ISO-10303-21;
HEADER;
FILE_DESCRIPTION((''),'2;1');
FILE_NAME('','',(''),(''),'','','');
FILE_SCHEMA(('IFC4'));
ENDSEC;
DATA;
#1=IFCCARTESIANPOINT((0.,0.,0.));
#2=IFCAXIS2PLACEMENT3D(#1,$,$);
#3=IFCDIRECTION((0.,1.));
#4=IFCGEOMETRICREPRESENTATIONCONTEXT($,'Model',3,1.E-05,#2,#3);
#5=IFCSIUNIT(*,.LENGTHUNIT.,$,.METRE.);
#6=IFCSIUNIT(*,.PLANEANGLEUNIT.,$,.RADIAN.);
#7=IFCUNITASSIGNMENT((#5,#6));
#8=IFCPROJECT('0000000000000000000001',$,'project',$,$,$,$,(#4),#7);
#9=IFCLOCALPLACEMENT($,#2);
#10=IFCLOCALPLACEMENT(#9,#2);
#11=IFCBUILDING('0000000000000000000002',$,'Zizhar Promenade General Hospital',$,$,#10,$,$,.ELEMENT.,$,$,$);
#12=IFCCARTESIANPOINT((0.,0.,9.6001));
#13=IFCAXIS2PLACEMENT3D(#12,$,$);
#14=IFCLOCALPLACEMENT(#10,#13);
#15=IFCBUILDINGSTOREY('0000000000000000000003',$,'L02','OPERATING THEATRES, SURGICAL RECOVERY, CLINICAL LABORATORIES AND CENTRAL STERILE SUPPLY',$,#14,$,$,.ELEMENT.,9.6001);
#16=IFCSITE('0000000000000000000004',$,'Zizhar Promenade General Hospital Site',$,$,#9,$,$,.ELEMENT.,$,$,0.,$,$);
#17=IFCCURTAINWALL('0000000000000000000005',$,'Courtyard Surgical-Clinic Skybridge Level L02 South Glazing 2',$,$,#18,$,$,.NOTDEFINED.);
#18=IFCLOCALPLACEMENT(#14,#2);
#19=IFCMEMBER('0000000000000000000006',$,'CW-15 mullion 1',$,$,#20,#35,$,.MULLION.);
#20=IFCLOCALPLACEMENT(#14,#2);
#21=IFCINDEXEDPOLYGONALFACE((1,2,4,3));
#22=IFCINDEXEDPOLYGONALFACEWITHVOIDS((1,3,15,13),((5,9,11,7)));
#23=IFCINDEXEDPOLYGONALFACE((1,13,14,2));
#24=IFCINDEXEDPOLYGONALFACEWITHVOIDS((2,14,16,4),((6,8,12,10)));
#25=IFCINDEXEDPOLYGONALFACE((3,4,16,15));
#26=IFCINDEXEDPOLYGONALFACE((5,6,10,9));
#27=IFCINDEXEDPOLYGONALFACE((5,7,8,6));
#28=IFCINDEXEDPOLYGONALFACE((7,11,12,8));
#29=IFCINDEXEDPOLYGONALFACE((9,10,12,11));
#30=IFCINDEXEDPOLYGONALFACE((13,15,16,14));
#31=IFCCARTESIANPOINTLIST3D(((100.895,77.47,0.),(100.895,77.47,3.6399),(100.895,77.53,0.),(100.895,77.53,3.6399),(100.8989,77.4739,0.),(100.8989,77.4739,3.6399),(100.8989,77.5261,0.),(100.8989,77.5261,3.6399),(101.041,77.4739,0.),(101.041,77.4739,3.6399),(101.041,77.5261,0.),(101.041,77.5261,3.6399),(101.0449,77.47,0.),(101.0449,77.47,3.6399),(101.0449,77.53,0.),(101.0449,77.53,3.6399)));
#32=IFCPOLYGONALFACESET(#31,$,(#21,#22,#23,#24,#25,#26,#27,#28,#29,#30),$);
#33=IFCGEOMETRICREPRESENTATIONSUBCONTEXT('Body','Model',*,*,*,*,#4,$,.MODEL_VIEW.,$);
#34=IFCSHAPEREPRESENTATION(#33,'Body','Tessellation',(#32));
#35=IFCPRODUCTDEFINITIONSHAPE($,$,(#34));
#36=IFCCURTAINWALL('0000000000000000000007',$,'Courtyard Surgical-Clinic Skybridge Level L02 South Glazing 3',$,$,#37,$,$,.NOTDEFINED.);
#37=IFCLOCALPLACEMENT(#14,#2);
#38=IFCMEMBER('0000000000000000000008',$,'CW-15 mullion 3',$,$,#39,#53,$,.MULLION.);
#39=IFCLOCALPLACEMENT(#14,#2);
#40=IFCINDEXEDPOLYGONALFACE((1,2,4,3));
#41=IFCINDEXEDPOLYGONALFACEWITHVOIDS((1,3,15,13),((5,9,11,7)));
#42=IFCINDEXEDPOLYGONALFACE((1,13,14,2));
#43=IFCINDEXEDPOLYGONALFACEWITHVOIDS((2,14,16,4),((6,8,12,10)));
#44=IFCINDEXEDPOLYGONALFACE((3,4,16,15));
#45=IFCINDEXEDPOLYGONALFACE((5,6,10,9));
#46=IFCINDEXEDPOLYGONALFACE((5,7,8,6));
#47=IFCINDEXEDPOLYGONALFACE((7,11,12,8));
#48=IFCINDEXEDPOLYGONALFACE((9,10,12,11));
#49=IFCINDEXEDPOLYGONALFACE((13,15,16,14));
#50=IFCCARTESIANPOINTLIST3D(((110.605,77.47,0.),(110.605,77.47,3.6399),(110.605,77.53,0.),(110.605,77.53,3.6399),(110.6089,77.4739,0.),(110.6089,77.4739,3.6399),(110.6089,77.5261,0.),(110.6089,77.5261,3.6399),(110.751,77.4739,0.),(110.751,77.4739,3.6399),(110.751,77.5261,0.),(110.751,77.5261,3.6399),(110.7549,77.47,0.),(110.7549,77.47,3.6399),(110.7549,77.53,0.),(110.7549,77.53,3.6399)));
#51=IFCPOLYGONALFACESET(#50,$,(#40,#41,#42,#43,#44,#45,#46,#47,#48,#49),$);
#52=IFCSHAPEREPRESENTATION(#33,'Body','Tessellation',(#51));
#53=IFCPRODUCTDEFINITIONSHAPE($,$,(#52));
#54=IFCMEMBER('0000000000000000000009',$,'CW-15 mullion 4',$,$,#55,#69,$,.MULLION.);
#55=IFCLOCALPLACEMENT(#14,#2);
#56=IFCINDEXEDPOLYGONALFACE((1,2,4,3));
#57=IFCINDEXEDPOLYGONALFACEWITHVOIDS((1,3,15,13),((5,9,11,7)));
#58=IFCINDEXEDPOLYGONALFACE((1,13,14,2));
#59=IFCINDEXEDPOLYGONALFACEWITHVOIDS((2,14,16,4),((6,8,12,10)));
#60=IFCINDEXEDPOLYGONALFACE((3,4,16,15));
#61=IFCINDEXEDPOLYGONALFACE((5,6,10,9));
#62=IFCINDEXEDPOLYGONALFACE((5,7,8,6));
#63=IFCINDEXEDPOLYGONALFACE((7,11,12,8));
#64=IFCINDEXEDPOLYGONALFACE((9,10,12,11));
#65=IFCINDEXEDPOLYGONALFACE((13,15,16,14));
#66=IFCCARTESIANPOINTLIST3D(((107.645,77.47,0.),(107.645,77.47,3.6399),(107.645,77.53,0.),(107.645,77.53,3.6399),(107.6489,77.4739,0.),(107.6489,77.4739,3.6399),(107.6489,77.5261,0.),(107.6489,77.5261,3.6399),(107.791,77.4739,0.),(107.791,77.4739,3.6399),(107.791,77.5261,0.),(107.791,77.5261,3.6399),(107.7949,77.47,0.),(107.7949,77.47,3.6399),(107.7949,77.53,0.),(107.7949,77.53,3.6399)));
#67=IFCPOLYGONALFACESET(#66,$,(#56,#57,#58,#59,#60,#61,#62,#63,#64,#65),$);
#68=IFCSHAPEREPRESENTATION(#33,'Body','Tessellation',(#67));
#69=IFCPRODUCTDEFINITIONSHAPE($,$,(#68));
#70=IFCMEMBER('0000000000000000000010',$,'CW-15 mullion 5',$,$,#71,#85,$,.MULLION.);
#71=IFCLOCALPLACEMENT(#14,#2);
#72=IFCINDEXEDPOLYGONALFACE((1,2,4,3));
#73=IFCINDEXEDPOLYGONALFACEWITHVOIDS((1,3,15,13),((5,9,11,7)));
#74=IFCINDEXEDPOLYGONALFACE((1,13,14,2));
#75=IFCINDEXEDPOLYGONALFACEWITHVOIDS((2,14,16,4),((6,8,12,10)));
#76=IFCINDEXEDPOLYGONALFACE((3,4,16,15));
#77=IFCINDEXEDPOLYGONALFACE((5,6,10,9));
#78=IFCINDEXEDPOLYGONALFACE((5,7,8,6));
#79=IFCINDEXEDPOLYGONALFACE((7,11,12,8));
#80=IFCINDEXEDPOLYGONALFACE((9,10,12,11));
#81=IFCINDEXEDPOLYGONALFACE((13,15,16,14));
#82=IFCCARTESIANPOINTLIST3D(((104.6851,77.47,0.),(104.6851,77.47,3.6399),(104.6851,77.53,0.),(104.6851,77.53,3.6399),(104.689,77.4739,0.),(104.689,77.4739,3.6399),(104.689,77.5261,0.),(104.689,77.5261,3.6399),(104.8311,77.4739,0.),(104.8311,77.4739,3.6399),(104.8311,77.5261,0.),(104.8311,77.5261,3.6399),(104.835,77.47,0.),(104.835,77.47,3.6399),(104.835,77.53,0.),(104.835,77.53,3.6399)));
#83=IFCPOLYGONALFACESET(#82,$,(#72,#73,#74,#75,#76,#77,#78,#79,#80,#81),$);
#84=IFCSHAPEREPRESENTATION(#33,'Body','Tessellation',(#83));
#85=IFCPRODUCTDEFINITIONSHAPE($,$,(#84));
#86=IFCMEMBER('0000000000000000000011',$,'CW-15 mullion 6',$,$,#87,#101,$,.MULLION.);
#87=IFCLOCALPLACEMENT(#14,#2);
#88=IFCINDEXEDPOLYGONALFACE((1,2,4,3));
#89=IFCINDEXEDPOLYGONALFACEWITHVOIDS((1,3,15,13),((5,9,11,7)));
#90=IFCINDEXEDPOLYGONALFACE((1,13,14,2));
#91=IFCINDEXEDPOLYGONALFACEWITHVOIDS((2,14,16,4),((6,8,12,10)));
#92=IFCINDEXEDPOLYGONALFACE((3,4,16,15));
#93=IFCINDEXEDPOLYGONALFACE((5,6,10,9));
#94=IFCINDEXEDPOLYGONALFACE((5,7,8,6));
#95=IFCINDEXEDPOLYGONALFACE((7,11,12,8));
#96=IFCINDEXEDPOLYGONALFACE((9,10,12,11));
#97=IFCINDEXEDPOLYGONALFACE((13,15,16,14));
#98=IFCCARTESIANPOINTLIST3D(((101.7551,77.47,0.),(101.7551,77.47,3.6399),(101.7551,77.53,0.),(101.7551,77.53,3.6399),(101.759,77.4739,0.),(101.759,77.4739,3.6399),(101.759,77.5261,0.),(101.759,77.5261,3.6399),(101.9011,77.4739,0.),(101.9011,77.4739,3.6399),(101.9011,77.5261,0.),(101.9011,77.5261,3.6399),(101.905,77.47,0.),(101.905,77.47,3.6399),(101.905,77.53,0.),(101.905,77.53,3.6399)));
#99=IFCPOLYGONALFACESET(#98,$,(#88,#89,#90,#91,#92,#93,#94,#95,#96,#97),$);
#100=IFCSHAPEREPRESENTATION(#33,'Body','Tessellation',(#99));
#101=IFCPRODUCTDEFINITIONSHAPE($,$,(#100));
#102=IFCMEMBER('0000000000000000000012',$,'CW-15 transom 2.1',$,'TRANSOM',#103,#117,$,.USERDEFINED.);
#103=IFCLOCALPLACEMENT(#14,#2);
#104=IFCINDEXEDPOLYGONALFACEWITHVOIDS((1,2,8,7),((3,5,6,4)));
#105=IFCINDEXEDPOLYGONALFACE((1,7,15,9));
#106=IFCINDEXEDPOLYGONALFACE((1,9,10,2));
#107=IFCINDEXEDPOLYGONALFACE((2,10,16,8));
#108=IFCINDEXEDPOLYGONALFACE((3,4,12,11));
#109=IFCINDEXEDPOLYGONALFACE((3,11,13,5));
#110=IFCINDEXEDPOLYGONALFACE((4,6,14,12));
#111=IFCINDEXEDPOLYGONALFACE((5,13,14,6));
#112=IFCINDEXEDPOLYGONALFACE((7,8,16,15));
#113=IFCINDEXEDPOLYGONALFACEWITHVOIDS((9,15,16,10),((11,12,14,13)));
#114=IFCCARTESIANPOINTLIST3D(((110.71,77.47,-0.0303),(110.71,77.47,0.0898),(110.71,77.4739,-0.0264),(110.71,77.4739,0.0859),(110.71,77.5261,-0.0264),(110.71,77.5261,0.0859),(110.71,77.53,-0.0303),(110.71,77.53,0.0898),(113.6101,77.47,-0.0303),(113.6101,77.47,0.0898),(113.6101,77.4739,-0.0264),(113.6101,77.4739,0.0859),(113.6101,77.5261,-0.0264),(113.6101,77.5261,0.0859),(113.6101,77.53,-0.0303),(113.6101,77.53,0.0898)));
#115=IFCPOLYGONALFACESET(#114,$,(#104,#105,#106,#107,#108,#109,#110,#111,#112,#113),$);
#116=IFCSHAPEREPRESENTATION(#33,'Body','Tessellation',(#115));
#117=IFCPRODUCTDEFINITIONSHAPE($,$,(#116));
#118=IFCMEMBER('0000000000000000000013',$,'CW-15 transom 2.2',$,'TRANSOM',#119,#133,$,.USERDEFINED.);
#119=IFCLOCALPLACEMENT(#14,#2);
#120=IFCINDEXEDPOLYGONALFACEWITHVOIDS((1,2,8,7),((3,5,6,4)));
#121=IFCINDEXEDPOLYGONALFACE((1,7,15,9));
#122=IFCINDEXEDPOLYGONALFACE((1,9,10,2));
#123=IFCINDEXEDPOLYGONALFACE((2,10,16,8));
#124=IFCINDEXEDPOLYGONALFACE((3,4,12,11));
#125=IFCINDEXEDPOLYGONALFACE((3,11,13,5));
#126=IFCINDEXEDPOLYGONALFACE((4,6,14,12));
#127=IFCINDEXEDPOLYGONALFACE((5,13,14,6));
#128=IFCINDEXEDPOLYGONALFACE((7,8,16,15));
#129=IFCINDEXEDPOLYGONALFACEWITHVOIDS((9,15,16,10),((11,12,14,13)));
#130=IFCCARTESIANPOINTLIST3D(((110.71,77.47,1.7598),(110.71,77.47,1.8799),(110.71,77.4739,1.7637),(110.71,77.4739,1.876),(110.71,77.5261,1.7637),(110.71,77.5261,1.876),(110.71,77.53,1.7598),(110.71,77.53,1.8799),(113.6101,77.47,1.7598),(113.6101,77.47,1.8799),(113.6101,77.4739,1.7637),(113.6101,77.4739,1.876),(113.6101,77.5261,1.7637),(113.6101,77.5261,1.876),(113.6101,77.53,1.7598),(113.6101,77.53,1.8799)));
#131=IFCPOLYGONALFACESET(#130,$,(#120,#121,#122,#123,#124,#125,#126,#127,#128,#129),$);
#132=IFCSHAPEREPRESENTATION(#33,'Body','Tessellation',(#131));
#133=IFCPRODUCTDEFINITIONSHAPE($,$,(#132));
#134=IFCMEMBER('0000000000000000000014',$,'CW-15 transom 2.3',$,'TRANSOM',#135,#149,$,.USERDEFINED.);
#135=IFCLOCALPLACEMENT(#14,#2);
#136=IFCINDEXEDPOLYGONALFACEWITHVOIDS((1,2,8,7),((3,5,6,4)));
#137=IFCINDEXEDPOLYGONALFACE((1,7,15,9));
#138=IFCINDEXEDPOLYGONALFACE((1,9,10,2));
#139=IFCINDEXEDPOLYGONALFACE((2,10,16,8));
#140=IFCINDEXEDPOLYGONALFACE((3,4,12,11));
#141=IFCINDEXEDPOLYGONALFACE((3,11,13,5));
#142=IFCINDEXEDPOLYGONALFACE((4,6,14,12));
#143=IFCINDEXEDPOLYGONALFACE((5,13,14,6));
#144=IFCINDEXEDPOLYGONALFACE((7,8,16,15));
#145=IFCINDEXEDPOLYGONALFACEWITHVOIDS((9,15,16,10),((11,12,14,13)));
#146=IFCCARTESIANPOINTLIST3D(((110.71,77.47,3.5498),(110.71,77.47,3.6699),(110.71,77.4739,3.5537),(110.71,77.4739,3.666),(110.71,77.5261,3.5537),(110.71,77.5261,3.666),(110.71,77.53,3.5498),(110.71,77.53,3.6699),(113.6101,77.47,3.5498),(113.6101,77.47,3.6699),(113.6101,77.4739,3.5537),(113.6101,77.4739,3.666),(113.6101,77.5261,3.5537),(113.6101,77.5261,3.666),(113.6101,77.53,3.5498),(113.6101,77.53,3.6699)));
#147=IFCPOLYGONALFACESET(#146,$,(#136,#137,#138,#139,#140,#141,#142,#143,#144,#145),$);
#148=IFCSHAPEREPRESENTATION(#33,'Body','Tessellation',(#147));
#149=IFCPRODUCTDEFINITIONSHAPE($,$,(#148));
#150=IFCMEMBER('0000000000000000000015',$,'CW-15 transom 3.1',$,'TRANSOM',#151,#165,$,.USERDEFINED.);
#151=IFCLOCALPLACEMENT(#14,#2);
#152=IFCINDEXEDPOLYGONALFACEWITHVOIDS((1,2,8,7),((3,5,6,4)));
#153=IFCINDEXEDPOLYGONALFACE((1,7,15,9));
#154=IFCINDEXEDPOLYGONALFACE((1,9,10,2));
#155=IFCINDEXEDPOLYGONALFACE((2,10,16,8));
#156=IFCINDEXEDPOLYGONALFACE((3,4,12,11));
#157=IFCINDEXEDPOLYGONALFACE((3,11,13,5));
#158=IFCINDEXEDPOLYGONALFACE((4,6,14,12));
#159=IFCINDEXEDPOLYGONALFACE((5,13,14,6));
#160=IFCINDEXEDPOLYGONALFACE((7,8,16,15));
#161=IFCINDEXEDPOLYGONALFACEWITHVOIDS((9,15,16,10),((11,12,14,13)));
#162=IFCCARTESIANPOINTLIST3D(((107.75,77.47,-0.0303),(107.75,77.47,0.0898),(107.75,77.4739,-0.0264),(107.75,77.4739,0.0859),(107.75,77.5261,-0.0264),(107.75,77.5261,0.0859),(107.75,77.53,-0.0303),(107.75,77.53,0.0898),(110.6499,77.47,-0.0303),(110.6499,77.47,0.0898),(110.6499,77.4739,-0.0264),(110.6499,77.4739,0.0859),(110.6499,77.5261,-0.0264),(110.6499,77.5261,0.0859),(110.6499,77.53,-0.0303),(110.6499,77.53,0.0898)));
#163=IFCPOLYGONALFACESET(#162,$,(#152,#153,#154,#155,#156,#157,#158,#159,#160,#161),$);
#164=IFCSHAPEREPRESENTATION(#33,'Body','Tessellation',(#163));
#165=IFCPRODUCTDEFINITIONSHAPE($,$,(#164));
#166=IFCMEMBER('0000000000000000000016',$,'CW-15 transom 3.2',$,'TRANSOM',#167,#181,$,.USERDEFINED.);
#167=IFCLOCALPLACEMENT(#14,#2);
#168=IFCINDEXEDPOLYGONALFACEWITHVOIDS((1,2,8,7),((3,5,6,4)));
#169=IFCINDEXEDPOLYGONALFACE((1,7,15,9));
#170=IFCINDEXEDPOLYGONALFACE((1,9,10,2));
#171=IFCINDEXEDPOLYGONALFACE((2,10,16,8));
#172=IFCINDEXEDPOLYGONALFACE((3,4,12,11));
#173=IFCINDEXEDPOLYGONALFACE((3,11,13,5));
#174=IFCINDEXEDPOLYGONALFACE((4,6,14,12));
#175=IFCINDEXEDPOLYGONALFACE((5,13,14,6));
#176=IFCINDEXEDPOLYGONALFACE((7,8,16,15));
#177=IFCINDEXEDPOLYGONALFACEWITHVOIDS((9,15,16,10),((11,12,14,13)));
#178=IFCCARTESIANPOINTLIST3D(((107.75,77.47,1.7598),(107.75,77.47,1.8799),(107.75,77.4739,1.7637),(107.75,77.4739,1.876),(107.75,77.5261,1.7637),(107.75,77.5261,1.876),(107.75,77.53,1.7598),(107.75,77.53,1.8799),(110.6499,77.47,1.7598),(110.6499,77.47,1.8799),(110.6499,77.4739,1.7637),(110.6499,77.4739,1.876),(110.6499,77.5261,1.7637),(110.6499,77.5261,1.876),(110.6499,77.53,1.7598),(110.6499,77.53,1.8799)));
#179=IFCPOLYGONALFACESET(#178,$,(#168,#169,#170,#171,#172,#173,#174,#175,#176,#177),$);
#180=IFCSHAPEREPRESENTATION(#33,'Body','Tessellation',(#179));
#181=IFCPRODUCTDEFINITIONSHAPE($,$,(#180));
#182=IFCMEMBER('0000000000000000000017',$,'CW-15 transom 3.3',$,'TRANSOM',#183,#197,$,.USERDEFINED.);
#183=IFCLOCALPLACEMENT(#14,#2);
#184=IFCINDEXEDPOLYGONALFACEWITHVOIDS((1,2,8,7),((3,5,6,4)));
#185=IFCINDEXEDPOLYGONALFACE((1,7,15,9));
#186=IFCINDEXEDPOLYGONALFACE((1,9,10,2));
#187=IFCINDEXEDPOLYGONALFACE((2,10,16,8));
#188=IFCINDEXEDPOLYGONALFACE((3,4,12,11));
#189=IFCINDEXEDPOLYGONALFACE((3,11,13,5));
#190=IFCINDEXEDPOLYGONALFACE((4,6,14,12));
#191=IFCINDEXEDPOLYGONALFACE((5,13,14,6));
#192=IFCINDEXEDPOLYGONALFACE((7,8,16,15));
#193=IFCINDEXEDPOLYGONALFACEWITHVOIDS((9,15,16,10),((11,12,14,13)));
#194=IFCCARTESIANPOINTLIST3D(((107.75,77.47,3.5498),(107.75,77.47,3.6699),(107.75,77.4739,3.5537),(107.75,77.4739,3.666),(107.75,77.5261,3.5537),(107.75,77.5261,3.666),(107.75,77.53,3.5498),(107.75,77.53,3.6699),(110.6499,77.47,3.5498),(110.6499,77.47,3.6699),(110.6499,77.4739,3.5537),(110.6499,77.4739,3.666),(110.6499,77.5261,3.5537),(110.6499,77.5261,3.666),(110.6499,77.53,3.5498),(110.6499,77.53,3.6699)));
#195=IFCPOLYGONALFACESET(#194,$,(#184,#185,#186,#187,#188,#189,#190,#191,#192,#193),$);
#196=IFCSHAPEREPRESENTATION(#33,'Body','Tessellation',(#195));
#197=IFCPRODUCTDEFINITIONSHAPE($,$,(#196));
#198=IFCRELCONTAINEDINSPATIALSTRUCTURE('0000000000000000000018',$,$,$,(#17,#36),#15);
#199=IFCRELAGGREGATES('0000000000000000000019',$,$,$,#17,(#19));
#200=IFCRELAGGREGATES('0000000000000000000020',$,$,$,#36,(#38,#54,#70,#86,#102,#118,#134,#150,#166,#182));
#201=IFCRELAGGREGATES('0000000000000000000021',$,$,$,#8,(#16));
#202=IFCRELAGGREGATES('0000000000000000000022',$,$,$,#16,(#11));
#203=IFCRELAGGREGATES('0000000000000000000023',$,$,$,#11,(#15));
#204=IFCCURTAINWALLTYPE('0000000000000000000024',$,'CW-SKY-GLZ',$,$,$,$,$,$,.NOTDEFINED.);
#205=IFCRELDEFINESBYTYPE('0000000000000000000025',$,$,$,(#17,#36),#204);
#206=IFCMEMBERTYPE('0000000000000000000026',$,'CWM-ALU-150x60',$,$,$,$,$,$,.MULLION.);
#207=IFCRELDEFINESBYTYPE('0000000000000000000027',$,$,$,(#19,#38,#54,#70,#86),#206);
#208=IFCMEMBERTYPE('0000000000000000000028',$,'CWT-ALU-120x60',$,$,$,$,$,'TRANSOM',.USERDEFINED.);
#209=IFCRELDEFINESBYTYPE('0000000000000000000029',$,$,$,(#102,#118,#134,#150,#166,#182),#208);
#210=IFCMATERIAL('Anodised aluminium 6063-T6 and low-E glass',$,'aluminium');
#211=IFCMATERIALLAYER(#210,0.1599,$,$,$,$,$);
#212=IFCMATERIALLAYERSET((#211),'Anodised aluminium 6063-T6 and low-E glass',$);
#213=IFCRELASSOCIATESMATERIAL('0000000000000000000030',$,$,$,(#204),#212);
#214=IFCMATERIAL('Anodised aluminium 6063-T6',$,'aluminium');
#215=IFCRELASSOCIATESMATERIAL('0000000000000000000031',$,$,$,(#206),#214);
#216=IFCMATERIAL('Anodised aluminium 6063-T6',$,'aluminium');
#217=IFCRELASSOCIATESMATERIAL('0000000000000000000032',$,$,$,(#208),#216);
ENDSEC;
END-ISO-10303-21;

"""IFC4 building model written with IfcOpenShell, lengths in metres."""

from ifc_helpers import new_model, si_unit, direction, frame, origin, origin_2d, place, context, subcontext, project, spatial, hollow_rectangle, extrude, material, layer, layer_set, material_profile, profile_set, type_object, element, aggregate, save


model = new_model("IFC4")

# Units and contexts
model_context = context("Model", 3, precision=1e-05, world=origin(), true_north=direction((0.0, 1.0)))
body_context = subcontext(model_context, "Body", "Model", "MODEL_VIEW")
ifc_project = project(units=[si_unit("LENGTHUNIT", "METRE"), si_unit("PLANEANGLEUNIT", "RADIAN")], contexts=[model_context])

# Site, building, storey
site_placement = place(None, origin())
site = spatial("IfcSite", under=ifc_project, at=site_placement, Name="Zizhar Promenade General Hospital Site", CompositionType="ELEMENT", RefElevation=0.0)
building_placement = place(site_placement, origin())
building = spatial("IfcBuilding", under=site, at=building_placement, Name="Zizhar Promenade General Hospital", CompositionType="ELEMENT")
storey_placement = place(building_placement, frame((0.0, 0.0, 9.6001)))
storey = spatial("IfcBuildingStorey", under=building, at=storey_placement, Name="L02", Description="OPERATING THEATRES, SURGICAL RECOVERY, CLINICAL LABORATORIES AND CENTRAL STERILE SUPPLY", CompositionType="ELEMENT", Elevation=9.6001)

# Curtain wall, member
ifc_material_1 = material(Name="Anodised aluminium 6063-T6 and low-E glass", Category="aluminium")
ifc_layer_1 = layer(ifc_material_1, 0.1599)
ifc_layer_set_1 = layer_set([ifc_layer_1], Name="Anodised aluminium 6063-T6 and low-E glass")
curtain_wall_type = type_object("IfcCurtainWallType", Name="CW-SKY-GLZ", PredefinedType="NOTDEFINED", material=ifc_layer_set_1)
curtain_wall_1_placement = place(storey_placement, origin())
curtain_wall_1 = element("IfcCurtainWall", 1, at=curtain_wall_1_placement, inside=storey, type_object=curtain_wall_type, Name="Courtyard Surgical-Clinic Skybridge Level L02 South Glazing 2", PredefinedType="NOTDEFINED")
ifc_material_2 = material(Name="Anodised aluminium 6063-T6", Category="aluminium")
ifc_material_profile_1 = material_profile(ifc_material_2, hollow_rectangle(XDim=0.0601, YDim=0.1499, WallThickness=0.0039, at=origin_2d()))
ifc_profile_set_1 = profile_set([ifc_material_profile_1], Name="Anodised aluminium 6063-T6")
member_type_1 = type_object("IfcMemberType", Name="CWM-ALU-150x60", PredefinedType="MULLION", material=ifc_profile_set_1)
member_1_placement = place(storey_placement, frame((100.97, 77.5, 0.0), z_axis=(0.0, 0.0, 1.0), x_axis=(0.0, -1.0, 0.0)))
member_1 = element("IfcMember", 2, at=member_1_placement, type_object=member_type_1, Name="CW-15 mullion 1", PredefinedType="MULLION", context=body_context, shape_type="SweptSolid", body=[
    extrude(hollow_rectangle(XDim=0.0601, YDim=0.1499, WallThickness=0.0039, at=origin_2d()), origin(), (0.0, 0.0, 1.0), 3.6399),
])
aggregate(curtain_wall_1, [member_1])

# Curtain wall, members
curtain_wall_2_placement = place(storey_placement, origin())
curtain_wall_2 = element("IfcCurtainWall", 3, at=curtain_wall_2_placement, inside=storey, type_object=curtain_wall_type, Name="Courtyard Surgical-Clinic Skybridge Level L02 South Glazing 3", PredefinedType="NOTDEFINED")
member_2_placement = place(storey_placement, frame((110.6799, 77.5, 0.0), z_axis=(0.0, 0.0, 1.0), x_axis=(0.0, -1.0, 0.0)))
member_2 = element("IfcMember", 4, at=member_2_placement, type_object=member_type_1, Name="CW-15 mullion 3", PredefinedType="MULLION", context=body_context, shape_type="SweptSolid", body=[
    extrude(hollow_rectangle(XDim=0.0601, YDim=0.1499, WallThickness=0.0039, at=origin_2d()), origin(), (0.0, 0.0, 1.0), 3.6399),
])
member_3_placement = place(storey_placement, frame((107.72, 77.5, 0.0), z_axis=(0.0, 0.0, 1.0), x_axis=(0.0, -1.0, 0.0)))
member_3 = element("IfcMember", 5, at=member_3_placement, type_object=member_type_1, Name="CW-15 mullion 4", PredefinedType="MULLION", context=body_context, shape_type="SweptSolid", body=[
    extrude(hollow_rectangle(XDim=0.0601, YDim=0.1499, WallThickness=0.0039, at=origin_2d()), origin(), (0.0, 0.0, 1.0), 3.6399),
])
member_4_placement = place(storey_placement, frame((104.76, 77.5, 0.0), z_axis=(0.0, 0.0, 1.0), x_axis=(0.0, -1.0, 0.0)))
member_4 = element("IfcMember", 6, at=member_4_placement, type_object=member_type_1, Name="CW-15 mullion 5", PredefinedType="MULLION", context=body_context, shape_type="SweptSolid", body=[
    extrude(hollow_rectangle(XDim=0.0601, YDim=0.1499, WallThickness=0.0039, at=origin_2d()), origin(), (0.0, 0.0, 1.0), 3.6399),
])
member_5_placement = place(storey_placement, frame((101.8301, 77.5, 0.0), z_axis=(0.0, 0.0, 1.0), x_axis=(0.0, -1.0, 0.0)))
member_5 = element("IfcMember", 7, at=member_5_placement, type_object=member_type_1, Name="CW-15 mullion 6", PredefinedType="MULLION", context=body_context, shape_type="SweptSolid", body=[
    extrude(hollow_rectangle(XDim=0.0601, YDim=0.1499, WallThickness=0.0039, at=origin_2d()), origin(), (0.0, 0.0, 1.0), 3.6399),
])
ifc_material_3 = material(Name="Anodised aluminium 6063-T6", Category="aluminium")
ifc_material_profile_2 = material_profile(ifc_material_3, hollow_rectangle(XDim=0.0601, YDim=0.1201, WallThickness=0.0039, at=origin_2d()))
ifc_profile_set_2 = profile_set([ifc_material_profile_2], Name="Anodised aluminium 6063-T6")
member_type_2 = type_object("IfcMemberType", Name="CWT-ALU-120x60", ElementType="TRANSOM", PredefinedType="USERDEFINED", material=ifc_profile_set_2)
member_6_placement = place(storey_placement, frame((113.6101, 77.5, 0.0298), z_axis=(-1.0, 0.0, 0.0), x_axis=(0.0, -1.0, 0.0)))
member_6 = element("IfcMember", 8, at=member_6_placement, type_object=member_type_2, Name="CW-15 transom 2.1", ObjectType="TRANSOM", PredefinedType="USERDEFINED", context=body_context, shape_type="SweptSolid", body=[
    extrude(hollow_rectangle(XDim=0.0601, YDim=0.1201, WallThickness=0.0039, at=origin_2d()), origin(), (0.0, 0.0, 1.0), 2.9001),
])
member_7_placement = place(storey_placement, frame((113.6101, 77.5, 1.8198), z_axis=(-1.0, 0.0, 0.0), x_axis=(0.0, -1.0, 0.0)))
member_7 = element("IfcMember", 9, at=member_7_placement, type_object=member_type_2, Name="CW-15 transom 2.2", ObjectType="TRANSOM", PredefinedType="USERDEFINED", context=body_context, shape_type="SweptSolid", body=[
    extrude(hollow_rectangle(XDim=0.0601, YDim=0.1201, WallThickness=0.0039, at=origin_2d()), origin(), (0.0, 0.0, 1.0), 2.9001),
])
member_8_placement = place(storey_placement, frame((113.6101, 77.5, 3.6099), z_axis=(-1.0, 0.0, 0.0), x_axis=(0.0, -1.0, 0.0)))
member_8 = element("IfcMember", 10, at=member_8_placement, type_object=member_type_2, Name="CW-15 transom 2.3", ObjectType="TRANSOM", PredefinedType="USERDEFINED", context=body_context, shape_type="SweptSolid", body=[
    extrude(hollow_rectangle(XDim=0.0601, YDim=0.1201, WallThickness=0.0039, at=origin_2d()), origin(), (0.0, 0.0, 1.0), 2.9001),
])
member_9_placement = place(storey_placement, frame((110.6499, 77.5, 0.0298), z_axis=(-1.0, 0.0, 0.0), x_axis=(0.0, -1.0, 0.0)))
member_9 = element("IfcMember", 11, at=member_9_placement, type_object=member_type_2, Name="CW-15 transom 3.1", ObjectType="TRANSOM", PredefinedType="USERDEFINED", context=body_context, shape_type="SweptSolid", body=[
    extrude(hollow_rectangle(XDim=0.0601, YDim=0.1201, WallThickness=0.0039, at=origin_2d()), origin(), (0.0, 0.0, 1.0), 2.8999),
])
member_10_placement = place(storey_placement, frame((110.6499, 77.5, 1.8198), z_axis=(-1.0, 0.0, 0.0), x_axis=(0.0, -1.0, 0.0)))
member_10 = element("IfcMember", 12, at=member_10_placement, type_object=member_type_2, Name="CW-15 transom 3.2", ObjectType="TRANSOM", PredefinedType="USERDEFINED", context=body_context, shape_type="SweptSolid", body=[
    extrude(hollow_rectangle(XDim=0.0601, YDim=0.1201, WallThickness=0.0039, at=origin_2d()), origin(), (0.0, 0.0, 1.0), 2.8999),
])
member_11_placement = place(storey_placement, frame((110.6499, 77.5, 3.6099), z_axis=(-1.0, 0.0, 0.0), x_axis=(0.0, -1.0, 0.0)))
member_11 = element("IfcMember", 13, at=member_11_placement, type_object=member_type_2, Name="CW-15 transom 3.3", ObjectType="TRANSOM", PredefinedType="USERDEFINED", context=body_context, shape_type="SweptSolid", body=[
    extrude(hollow_rectangle(XDim=0.0601, YDim=0.1201, WallThickness=0.0039, at=origin_2d()), origin(), (0.0, 0.0, 1.0), 2.8999),
])
aggregate(curtain_wall_2, [member_2, member_3, member_4, member_5, member_6, member_7, member_8, member_9, member_10, member_11])

save(model, "model.ifc")
